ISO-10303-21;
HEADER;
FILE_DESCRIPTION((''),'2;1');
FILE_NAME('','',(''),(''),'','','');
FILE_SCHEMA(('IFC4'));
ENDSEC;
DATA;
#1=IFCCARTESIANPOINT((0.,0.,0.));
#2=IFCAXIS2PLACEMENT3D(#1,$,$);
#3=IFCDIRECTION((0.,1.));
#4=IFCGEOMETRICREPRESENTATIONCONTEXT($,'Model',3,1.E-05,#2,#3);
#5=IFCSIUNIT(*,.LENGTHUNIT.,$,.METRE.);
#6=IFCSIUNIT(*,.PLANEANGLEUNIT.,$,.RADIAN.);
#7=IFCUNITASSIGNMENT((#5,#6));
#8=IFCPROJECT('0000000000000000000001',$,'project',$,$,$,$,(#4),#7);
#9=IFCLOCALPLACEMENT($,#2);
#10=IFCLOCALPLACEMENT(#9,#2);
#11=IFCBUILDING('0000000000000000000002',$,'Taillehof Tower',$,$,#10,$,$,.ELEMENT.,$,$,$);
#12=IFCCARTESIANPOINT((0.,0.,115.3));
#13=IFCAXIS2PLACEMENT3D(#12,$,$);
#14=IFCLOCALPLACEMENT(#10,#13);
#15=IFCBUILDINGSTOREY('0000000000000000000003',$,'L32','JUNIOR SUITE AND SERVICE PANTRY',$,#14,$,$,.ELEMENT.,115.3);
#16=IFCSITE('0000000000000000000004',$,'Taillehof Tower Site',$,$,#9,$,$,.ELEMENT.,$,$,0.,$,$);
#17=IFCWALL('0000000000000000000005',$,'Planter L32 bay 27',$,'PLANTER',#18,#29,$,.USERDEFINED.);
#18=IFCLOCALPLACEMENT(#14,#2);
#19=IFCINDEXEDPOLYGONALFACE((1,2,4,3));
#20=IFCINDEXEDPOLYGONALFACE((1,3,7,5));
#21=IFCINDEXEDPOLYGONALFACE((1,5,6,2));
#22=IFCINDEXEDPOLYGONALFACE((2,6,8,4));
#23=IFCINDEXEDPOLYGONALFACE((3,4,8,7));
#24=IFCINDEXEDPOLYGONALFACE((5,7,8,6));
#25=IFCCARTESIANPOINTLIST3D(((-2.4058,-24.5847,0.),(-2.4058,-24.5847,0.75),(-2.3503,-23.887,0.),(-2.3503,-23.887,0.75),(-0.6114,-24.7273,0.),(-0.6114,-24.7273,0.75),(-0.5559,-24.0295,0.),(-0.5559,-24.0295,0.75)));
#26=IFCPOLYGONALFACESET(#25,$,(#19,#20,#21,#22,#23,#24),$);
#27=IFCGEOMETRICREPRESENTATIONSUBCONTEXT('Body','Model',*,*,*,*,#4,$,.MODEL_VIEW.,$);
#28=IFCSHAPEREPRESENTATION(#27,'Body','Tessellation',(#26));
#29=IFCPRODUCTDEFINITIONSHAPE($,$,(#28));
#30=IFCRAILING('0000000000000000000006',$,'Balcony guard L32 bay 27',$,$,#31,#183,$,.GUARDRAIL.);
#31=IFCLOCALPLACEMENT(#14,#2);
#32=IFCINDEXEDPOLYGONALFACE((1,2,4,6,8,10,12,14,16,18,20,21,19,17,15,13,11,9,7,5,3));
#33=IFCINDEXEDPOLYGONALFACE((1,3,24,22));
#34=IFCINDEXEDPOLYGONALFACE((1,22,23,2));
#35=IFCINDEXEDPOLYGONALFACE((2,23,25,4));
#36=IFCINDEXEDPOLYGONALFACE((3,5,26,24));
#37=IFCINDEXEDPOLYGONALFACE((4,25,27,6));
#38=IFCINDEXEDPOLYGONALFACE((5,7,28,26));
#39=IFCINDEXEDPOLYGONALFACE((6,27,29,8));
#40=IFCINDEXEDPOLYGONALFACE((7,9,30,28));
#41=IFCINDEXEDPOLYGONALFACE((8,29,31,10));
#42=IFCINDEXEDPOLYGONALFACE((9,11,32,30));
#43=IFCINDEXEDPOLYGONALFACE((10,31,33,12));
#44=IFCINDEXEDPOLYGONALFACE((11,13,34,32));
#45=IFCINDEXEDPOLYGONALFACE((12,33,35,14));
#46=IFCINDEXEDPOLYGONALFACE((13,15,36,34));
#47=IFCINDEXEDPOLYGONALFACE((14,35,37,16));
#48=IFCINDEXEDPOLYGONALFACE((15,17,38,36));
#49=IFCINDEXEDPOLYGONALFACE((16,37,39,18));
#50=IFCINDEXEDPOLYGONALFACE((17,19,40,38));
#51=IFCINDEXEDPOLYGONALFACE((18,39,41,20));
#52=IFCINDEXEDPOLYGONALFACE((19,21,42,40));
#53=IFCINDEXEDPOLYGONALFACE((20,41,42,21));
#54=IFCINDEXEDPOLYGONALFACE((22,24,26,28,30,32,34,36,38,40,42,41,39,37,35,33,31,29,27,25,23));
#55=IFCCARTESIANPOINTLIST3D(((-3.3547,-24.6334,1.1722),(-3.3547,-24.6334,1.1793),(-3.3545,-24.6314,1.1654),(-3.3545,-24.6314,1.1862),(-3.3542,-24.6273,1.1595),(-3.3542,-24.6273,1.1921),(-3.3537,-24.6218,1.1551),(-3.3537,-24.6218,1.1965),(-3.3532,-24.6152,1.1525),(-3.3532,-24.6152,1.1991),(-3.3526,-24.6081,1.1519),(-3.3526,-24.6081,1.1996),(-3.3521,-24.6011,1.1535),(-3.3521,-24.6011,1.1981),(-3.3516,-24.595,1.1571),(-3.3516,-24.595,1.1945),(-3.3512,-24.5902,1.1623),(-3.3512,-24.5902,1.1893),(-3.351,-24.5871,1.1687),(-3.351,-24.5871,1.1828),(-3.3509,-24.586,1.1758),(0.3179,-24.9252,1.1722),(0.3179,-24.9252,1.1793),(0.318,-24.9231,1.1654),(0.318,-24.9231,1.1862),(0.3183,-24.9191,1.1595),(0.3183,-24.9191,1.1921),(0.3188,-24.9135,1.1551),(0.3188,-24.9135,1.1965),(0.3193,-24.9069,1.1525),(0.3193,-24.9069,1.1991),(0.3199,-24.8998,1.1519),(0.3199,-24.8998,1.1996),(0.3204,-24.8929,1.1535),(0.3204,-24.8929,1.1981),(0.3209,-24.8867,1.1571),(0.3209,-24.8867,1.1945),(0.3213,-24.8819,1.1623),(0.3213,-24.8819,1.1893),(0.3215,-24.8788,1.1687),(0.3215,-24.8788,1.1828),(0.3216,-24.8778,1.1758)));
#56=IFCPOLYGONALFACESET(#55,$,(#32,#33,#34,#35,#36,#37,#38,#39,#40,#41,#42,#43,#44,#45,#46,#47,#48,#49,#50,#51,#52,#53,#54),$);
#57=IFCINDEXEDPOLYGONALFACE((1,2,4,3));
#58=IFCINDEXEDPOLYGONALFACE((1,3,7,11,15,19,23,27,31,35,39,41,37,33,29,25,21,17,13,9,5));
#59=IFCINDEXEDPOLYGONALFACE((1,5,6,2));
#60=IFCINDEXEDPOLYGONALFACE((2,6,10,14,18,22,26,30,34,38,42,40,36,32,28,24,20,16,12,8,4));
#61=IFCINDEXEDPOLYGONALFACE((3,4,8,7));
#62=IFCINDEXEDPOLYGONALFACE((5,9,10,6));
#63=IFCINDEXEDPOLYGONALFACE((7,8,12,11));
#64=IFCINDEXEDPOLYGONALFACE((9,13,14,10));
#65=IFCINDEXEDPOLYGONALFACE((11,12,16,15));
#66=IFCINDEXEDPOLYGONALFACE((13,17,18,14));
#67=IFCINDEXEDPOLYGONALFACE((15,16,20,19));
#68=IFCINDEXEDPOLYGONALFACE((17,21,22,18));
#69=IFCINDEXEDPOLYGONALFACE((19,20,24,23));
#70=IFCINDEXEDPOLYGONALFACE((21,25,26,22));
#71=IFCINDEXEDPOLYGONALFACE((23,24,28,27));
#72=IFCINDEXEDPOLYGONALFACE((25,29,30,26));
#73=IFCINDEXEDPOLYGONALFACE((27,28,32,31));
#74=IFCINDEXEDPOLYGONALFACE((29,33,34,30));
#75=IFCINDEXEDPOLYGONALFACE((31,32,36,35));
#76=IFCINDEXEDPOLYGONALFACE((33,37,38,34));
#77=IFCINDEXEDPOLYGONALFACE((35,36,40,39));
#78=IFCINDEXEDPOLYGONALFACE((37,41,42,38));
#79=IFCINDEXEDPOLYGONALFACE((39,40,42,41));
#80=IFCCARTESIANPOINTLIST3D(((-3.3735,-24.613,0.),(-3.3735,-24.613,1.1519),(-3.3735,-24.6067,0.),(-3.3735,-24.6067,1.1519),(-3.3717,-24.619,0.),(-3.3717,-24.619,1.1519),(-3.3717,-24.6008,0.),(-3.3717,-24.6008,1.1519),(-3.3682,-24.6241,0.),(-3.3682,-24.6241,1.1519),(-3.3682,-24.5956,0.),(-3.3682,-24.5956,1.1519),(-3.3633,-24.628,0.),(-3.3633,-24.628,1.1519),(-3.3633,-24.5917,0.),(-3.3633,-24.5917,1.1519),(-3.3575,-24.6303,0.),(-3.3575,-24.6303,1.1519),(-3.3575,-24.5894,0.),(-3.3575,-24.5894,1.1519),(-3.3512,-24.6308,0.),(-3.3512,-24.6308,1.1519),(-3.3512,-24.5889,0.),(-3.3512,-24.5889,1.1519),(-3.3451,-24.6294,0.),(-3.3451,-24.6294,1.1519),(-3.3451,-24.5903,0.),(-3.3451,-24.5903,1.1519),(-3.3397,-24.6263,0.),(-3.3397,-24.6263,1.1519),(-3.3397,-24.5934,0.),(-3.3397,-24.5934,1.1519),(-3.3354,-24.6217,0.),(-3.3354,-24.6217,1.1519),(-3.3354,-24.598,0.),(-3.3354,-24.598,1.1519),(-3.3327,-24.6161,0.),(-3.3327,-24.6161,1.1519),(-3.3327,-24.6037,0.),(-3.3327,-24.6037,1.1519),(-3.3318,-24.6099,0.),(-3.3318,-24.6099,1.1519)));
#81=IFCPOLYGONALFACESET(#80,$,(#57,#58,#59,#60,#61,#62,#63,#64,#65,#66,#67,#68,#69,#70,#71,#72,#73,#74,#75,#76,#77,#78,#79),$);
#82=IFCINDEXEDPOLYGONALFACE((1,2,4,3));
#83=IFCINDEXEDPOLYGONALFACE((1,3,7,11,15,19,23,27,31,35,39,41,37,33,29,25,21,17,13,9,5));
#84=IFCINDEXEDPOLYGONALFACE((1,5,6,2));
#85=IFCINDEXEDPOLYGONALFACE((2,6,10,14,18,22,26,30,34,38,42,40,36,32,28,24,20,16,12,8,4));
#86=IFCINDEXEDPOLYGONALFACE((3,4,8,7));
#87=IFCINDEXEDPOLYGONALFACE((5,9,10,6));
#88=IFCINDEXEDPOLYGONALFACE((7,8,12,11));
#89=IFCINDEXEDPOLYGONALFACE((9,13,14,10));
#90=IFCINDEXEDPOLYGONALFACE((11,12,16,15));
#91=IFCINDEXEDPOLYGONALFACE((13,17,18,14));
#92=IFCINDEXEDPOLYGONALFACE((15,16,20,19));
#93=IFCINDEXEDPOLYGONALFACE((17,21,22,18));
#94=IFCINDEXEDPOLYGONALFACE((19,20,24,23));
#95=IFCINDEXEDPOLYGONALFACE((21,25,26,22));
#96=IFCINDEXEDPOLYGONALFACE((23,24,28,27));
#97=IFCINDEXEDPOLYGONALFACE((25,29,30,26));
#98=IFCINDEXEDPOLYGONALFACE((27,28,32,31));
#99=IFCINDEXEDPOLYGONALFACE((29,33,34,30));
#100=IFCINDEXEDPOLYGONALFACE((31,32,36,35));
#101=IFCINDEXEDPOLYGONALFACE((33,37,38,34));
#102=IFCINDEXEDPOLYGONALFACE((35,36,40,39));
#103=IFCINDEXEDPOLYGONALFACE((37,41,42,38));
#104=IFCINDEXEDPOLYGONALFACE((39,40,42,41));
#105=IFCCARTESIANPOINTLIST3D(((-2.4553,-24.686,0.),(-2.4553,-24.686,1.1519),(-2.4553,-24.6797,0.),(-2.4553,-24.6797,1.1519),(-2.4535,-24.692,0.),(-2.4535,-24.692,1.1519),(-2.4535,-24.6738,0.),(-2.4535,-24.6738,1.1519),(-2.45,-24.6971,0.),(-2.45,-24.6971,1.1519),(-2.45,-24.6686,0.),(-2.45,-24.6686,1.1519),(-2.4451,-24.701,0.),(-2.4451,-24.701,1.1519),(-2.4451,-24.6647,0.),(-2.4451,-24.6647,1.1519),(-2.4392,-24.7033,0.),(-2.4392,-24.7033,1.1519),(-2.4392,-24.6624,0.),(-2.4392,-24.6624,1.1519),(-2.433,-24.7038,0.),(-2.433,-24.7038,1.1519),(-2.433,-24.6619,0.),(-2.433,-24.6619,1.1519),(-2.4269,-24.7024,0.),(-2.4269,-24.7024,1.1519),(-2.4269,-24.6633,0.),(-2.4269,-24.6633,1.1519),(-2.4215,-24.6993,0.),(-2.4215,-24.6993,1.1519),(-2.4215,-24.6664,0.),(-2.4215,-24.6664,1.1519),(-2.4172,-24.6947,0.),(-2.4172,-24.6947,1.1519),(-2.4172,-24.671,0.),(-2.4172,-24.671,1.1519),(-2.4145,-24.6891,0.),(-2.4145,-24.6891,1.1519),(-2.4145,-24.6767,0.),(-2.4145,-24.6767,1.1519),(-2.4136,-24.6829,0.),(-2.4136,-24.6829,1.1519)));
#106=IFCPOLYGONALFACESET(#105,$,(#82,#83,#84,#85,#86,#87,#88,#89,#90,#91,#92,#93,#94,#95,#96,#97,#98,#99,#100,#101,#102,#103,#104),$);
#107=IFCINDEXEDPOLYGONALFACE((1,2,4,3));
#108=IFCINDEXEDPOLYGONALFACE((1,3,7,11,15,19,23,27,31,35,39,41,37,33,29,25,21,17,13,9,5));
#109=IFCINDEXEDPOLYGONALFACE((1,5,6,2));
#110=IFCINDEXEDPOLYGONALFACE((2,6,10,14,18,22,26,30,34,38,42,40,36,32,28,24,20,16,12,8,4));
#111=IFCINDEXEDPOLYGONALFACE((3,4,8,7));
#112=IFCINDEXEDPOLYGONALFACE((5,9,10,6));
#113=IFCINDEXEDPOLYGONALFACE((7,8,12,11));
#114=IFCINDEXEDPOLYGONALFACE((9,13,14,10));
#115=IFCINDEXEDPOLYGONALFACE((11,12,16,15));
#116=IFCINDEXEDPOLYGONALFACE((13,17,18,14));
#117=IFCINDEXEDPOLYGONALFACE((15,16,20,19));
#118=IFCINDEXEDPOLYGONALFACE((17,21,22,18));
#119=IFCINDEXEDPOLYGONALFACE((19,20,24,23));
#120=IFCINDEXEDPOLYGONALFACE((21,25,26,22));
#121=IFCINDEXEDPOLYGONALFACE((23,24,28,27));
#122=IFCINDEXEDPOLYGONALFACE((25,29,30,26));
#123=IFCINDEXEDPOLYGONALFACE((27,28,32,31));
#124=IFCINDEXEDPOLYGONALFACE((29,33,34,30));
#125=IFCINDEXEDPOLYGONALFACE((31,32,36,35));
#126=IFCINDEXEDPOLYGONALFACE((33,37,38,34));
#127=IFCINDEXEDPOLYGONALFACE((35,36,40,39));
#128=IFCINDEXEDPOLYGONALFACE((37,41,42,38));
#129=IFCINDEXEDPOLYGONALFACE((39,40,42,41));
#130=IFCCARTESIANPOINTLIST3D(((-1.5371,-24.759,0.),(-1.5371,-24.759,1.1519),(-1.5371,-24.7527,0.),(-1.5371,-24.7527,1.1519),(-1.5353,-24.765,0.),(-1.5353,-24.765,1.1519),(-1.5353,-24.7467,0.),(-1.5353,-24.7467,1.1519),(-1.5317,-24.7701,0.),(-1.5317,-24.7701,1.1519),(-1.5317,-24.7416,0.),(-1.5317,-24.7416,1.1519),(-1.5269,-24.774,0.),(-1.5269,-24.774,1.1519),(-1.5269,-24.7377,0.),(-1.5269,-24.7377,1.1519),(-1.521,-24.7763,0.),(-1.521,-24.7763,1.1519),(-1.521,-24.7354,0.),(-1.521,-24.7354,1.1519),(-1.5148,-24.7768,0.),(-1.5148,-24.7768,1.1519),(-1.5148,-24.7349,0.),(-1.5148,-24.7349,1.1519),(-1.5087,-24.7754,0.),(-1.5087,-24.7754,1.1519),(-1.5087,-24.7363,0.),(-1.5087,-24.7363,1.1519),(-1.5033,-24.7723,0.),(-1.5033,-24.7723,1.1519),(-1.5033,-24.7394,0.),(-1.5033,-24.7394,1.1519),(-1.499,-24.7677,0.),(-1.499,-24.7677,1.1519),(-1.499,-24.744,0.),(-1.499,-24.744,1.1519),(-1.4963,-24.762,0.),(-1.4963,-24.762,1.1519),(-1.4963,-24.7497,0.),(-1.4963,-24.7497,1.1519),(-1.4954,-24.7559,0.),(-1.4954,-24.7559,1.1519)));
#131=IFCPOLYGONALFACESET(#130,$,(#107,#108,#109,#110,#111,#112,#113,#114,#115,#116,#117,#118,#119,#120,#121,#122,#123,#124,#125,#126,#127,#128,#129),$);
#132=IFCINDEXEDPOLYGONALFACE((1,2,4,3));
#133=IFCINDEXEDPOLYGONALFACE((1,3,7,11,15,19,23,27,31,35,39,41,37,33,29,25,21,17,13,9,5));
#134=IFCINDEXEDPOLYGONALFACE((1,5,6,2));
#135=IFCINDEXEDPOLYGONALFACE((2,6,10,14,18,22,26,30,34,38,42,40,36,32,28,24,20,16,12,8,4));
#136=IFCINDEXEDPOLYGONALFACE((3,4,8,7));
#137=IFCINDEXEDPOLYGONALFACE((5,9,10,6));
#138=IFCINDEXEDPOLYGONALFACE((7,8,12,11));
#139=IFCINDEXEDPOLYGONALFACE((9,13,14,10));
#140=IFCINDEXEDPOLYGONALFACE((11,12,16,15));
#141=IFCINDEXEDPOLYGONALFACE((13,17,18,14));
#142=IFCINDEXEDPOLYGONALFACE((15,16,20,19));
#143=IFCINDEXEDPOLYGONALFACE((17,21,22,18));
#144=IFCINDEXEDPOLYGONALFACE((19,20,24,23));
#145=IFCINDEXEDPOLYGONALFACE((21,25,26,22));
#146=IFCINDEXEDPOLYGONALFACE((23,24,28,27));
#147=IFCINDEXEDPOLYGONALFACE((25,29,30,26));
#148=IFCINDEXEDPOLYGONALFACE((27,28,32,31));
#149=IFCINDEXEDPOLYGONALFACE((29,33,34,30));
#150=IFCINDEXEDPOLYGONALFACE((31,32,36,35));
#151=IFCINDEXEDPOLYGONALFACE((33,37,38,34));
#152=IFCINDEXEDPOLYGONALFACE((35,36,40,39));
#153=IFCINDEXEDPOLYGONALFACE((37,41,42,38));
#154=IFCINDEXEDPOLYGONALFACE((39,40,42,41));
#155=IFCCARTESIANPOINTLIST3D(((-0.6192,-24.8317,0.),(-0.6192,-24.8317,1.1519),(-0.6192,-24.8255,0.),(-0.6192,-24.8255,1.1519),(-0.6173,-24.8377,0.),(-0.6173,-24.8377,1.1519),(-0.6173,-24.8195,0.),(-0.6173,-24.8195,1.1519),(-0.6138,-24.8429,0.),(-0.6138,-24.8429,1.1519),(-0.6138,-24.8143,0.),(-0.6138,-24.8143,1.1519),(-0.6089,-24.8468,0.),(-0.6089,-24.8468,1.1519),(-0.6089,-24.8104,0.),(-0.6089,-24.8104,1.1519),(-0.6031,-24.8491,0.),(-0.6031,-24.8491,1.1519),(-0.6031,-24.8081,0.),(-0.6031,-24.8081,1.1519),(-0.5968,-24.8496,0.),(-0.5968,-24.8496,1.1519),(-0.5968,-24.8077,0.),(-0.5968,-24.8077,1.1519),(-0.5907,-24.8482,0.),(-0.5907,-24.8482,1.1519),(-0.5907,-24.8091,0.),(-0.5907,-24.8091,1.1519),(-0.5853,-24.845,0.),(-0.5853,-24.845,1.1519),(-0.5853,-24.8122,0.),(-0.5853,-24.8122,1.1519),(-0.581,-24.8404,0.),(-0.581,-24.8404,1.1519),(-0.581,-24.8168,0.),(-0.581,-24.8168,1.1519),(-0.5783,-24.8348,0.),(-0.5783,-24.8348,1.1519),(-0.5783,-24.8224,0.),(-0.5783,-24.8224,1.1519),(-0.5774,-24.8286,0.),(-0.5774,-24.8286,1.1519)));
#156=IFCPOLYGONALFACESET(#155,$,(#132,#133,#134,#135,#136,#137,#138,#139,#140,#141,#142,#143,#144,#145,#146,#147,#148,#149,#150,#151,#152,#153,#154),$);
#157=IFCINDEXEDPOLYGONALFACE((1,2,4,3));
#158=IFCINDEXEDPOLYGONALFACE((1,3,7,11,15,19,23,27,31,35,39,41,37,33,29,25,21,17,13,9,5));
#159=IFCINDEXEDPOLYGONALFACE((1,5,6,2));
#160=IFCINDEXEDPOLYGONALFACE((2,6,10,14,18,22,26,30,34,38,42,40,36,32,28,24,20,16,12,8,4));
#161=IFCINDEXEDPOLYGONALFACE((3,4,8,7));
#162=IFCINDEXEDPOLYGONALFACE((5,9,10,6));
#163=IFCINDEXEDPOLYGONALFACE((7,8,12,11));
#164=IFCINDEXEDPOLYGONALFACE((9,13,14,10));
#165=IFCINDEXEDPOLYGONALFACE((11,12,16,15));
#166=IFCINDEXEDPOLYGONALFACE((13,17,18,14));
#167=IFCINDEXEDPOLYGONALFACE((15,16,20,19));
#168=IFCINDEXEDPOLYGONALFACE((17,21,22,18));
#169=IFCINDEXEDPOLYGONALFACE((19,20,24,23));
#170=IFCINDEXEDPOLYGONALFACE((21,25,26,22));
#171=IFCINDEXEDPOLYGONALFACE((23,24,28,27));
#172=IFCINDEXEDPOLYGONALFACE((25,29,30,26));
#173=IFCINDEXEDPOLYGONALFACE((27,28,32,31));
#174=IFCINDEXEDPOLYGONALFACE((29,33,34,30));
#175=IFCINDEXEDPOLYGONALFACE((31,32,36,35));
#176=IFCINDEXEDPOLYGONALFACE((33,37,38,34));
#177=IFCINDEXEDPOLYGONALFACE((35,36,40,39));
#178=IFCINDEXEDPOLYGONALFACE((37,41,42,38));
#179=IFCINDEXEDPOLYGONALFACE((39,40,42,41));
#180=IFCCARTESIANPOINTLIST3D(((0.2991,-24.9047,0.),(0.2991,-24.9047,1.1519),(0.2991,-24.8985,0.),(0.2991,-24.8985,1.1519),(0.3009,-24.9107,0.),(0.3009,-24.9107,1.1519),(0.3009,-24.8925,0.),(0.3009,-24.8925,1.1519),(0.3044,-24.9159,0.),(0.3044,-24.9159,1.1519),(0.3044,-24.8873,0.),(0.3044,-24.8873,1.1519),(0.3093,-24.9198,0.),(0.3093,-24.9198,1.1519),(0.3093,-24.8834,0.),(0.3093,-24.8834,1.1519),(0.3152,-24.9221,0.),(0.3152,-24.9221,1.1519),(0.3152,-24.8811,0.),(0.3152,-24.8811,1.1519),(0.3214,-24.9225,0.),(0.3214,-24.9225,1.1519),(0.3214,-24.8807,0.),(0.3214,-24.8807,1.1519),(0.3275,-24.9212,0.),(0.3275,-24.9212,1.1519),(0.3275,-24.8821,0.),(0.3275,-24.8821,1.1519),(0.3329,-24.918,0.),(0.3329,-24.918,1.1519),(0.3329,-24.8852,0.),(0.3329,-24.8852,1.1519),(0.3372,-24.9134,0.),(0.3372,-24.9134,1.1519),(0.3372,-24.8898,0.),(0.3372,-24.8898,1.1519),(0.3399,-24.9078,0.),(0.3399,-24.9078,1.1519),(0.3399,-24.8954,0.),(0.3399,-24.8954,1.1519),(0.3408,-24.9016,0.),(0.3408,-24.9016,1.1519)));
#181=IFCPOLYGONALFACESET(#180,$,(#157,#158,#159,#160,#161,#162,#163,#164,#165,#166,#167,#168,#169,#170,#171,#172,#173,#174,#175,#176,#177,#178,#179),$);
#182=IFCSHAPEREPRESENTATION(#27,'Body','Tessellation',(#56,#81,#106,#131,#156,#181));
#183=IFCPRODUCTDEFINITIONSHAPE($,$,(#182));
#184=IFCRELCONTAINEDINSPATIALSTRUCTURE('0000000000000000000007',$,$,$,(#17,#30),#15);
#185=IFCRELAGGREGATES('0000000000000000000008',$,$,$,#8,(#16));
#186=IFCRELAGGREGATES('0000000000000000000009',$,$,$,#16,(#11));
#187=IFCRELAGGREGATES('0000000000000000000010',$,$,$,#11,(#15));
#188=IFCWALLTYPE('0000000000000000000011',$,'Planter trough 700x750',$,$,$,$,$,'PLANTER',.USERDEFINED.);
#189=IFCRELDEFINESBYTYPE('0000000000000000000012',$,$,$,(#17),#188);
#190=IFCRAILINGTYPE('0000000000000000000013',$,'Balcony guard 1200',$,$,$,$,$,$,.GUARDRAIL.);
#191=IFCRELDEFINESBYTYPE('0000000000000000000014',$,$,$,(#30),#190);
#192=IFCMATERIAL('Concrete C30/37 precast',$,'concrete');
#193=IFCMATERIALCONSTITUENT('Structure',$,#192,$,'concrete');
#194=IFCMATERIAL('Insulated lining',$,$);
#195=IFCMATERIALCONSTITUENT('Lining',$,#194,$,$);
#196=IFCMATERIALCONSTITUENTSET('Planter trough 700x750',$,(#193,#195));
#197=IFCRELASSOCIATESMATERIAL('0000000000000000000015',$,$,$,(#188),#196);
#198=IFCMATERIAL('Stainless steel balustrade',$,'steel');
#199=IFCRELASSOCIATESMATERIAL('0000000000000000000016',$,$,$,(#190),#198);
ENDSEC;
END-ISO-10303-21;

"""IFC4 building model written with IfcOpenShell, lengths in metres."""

from ifc_helpers import new_model, si_unit, direction, frame, frame_2d, origin, origin_2d, place, context, subcontext, project, spatial, rectangle, circle, extrude, material, constituent, constituent_set, type_object, element, save


model = new_model("IFC4")

# Units and contexts
model_context = context("Model", 3, precision=1e-05, world=origin(), true_north=direction((0.0, 1.0)))
body_context = subcontext(model_context, "Body", "Model", "MODEL_VIEW")
ifc_project = project(units=[si_unit("LENGTHUNIT", "METRE"), si_unit("PLANEANGLEUNIT", "RADIAN")], contexts=[model_context])

# Site, building, storey
site_placement = place(None, origin())
site = spatial("IfcSite", under=ifc_project, at=site_placement, Name="Taillehof Tower Site", CompositionType="ELEMENT", RefElevation=0.0)
building_placement = place(site_placement, origin())
building = spatial("IfcBuilding", under=site, at=building_placement, Name="Taillehof Tower", CompositionType="ELEMENT")
storey_placement = place(building_placement, frame((0.0, 0.0, 115.3)))
storey = spatial("IfcBuildingStorey", under=building, at=storey_placement, Name="L32", Description="JUNIOR SUITE AND SERVICE PANTRY", CompositionType="ELEMENT", Elevation=115.3)

# Wall
ifc_material_1 = material(Name="Concrete C30/37 precast", Category="concrete")
ifc_constituent_1 = constituent(ifc_material_1, Name="Structure", Category="concrete")
ifc_material_2 = material(Name="Insulated lining")
ifc_constituent_2 = constituent(ifc_material_2, Name="Lining")
ifc_constituent_set = constituent_set(constituents=[ifc_constituent_1, ifc_constituent_2], Name="Planter trough 700x750")
wall_type_1 = type_object("IfcWallType", Name="Planter trough 700x750", ElementType="PLANTER", PredefinedType="USERDEFINED", material=ifc_constituent_set)
wall_1_placement = place(storey_placement, frame((-2.3779, -24.2358, 0.0), z_axis=(0.0, 0.0, 1.0), x_axis=(0.996858, -0.079206, 0.0)))
element("IfcWall", 1, at=wall_1_placement, inside=storey, type_object=wall_type_1, Name="Planter L32 bay 27", ObjectType="PLANTER", PredefinedType="USERDEFINED", context=body_context, shape_type="SweptSolid", body=[
    extrude(rectangle(XDim=1.8, YDim=0.7, at=frame_2d((0.8999, 0.0))), origin(), (0.0, 0.0, 1.0), 0.75),
])

# Railing
ifc_material_3 = material(Name="Stainless steel balustrade", Category="steel")
railing_type = type_object("IfcRailingType", Name="Balcony guard 1200", PredefinedType="GUARDRAIL", material=ifc_material_3)
railing_placement = place(storey_placement, frame((-3.3528, -24.6099, 0.0)))
element("IfcRailing", 2, at=railing_placement, inside=storey, type_object=railing_type, Name="Balcony guard L32 bay 27", PredefinedType="GUARDRAIL", context=body_context, shape_type="SweptSolid", body=[
    extrude(circle(Radius=0.0239, at=origin_2d()), frame((0.0, 0.0, 1.1758), z_axis=(0.99686, -0.079189, 0.0), x_axis=(0.079189, 0.99686, 0.0)), (0.0, 0.0, 1.0), 3.6841),
    extrude(circle(Radius=0.021, at=origin_2d()), origin(), (0.0, 0.0, 1.0), 1.1519),
    extrude(circle(Radius=0.021, at=origin_2d()), frame((0.9182, -0.073, 0.0)), (0.0, 0.0, 1.0), 1.1519),
    extrude(circle(Radius=0.021, at=origin_2d()), frame((1.8364, -0.146, 0.0)), (0.0, 0.0, 1.0), 1.1519),
    extrude(circle(Radius=0.021, at=origin_2d()), frame((2.7544, -0.2188, 0.0)), (0.0, 0.0, 1.0), 1.1519),
    extrude(circle(Radius=0.021, at=origin_2d()), frame((3.6726, -0.2917, 0.0)), (0.0, 0.0, 1.0), 1.1519),
])

save(model, "model.ifc")
